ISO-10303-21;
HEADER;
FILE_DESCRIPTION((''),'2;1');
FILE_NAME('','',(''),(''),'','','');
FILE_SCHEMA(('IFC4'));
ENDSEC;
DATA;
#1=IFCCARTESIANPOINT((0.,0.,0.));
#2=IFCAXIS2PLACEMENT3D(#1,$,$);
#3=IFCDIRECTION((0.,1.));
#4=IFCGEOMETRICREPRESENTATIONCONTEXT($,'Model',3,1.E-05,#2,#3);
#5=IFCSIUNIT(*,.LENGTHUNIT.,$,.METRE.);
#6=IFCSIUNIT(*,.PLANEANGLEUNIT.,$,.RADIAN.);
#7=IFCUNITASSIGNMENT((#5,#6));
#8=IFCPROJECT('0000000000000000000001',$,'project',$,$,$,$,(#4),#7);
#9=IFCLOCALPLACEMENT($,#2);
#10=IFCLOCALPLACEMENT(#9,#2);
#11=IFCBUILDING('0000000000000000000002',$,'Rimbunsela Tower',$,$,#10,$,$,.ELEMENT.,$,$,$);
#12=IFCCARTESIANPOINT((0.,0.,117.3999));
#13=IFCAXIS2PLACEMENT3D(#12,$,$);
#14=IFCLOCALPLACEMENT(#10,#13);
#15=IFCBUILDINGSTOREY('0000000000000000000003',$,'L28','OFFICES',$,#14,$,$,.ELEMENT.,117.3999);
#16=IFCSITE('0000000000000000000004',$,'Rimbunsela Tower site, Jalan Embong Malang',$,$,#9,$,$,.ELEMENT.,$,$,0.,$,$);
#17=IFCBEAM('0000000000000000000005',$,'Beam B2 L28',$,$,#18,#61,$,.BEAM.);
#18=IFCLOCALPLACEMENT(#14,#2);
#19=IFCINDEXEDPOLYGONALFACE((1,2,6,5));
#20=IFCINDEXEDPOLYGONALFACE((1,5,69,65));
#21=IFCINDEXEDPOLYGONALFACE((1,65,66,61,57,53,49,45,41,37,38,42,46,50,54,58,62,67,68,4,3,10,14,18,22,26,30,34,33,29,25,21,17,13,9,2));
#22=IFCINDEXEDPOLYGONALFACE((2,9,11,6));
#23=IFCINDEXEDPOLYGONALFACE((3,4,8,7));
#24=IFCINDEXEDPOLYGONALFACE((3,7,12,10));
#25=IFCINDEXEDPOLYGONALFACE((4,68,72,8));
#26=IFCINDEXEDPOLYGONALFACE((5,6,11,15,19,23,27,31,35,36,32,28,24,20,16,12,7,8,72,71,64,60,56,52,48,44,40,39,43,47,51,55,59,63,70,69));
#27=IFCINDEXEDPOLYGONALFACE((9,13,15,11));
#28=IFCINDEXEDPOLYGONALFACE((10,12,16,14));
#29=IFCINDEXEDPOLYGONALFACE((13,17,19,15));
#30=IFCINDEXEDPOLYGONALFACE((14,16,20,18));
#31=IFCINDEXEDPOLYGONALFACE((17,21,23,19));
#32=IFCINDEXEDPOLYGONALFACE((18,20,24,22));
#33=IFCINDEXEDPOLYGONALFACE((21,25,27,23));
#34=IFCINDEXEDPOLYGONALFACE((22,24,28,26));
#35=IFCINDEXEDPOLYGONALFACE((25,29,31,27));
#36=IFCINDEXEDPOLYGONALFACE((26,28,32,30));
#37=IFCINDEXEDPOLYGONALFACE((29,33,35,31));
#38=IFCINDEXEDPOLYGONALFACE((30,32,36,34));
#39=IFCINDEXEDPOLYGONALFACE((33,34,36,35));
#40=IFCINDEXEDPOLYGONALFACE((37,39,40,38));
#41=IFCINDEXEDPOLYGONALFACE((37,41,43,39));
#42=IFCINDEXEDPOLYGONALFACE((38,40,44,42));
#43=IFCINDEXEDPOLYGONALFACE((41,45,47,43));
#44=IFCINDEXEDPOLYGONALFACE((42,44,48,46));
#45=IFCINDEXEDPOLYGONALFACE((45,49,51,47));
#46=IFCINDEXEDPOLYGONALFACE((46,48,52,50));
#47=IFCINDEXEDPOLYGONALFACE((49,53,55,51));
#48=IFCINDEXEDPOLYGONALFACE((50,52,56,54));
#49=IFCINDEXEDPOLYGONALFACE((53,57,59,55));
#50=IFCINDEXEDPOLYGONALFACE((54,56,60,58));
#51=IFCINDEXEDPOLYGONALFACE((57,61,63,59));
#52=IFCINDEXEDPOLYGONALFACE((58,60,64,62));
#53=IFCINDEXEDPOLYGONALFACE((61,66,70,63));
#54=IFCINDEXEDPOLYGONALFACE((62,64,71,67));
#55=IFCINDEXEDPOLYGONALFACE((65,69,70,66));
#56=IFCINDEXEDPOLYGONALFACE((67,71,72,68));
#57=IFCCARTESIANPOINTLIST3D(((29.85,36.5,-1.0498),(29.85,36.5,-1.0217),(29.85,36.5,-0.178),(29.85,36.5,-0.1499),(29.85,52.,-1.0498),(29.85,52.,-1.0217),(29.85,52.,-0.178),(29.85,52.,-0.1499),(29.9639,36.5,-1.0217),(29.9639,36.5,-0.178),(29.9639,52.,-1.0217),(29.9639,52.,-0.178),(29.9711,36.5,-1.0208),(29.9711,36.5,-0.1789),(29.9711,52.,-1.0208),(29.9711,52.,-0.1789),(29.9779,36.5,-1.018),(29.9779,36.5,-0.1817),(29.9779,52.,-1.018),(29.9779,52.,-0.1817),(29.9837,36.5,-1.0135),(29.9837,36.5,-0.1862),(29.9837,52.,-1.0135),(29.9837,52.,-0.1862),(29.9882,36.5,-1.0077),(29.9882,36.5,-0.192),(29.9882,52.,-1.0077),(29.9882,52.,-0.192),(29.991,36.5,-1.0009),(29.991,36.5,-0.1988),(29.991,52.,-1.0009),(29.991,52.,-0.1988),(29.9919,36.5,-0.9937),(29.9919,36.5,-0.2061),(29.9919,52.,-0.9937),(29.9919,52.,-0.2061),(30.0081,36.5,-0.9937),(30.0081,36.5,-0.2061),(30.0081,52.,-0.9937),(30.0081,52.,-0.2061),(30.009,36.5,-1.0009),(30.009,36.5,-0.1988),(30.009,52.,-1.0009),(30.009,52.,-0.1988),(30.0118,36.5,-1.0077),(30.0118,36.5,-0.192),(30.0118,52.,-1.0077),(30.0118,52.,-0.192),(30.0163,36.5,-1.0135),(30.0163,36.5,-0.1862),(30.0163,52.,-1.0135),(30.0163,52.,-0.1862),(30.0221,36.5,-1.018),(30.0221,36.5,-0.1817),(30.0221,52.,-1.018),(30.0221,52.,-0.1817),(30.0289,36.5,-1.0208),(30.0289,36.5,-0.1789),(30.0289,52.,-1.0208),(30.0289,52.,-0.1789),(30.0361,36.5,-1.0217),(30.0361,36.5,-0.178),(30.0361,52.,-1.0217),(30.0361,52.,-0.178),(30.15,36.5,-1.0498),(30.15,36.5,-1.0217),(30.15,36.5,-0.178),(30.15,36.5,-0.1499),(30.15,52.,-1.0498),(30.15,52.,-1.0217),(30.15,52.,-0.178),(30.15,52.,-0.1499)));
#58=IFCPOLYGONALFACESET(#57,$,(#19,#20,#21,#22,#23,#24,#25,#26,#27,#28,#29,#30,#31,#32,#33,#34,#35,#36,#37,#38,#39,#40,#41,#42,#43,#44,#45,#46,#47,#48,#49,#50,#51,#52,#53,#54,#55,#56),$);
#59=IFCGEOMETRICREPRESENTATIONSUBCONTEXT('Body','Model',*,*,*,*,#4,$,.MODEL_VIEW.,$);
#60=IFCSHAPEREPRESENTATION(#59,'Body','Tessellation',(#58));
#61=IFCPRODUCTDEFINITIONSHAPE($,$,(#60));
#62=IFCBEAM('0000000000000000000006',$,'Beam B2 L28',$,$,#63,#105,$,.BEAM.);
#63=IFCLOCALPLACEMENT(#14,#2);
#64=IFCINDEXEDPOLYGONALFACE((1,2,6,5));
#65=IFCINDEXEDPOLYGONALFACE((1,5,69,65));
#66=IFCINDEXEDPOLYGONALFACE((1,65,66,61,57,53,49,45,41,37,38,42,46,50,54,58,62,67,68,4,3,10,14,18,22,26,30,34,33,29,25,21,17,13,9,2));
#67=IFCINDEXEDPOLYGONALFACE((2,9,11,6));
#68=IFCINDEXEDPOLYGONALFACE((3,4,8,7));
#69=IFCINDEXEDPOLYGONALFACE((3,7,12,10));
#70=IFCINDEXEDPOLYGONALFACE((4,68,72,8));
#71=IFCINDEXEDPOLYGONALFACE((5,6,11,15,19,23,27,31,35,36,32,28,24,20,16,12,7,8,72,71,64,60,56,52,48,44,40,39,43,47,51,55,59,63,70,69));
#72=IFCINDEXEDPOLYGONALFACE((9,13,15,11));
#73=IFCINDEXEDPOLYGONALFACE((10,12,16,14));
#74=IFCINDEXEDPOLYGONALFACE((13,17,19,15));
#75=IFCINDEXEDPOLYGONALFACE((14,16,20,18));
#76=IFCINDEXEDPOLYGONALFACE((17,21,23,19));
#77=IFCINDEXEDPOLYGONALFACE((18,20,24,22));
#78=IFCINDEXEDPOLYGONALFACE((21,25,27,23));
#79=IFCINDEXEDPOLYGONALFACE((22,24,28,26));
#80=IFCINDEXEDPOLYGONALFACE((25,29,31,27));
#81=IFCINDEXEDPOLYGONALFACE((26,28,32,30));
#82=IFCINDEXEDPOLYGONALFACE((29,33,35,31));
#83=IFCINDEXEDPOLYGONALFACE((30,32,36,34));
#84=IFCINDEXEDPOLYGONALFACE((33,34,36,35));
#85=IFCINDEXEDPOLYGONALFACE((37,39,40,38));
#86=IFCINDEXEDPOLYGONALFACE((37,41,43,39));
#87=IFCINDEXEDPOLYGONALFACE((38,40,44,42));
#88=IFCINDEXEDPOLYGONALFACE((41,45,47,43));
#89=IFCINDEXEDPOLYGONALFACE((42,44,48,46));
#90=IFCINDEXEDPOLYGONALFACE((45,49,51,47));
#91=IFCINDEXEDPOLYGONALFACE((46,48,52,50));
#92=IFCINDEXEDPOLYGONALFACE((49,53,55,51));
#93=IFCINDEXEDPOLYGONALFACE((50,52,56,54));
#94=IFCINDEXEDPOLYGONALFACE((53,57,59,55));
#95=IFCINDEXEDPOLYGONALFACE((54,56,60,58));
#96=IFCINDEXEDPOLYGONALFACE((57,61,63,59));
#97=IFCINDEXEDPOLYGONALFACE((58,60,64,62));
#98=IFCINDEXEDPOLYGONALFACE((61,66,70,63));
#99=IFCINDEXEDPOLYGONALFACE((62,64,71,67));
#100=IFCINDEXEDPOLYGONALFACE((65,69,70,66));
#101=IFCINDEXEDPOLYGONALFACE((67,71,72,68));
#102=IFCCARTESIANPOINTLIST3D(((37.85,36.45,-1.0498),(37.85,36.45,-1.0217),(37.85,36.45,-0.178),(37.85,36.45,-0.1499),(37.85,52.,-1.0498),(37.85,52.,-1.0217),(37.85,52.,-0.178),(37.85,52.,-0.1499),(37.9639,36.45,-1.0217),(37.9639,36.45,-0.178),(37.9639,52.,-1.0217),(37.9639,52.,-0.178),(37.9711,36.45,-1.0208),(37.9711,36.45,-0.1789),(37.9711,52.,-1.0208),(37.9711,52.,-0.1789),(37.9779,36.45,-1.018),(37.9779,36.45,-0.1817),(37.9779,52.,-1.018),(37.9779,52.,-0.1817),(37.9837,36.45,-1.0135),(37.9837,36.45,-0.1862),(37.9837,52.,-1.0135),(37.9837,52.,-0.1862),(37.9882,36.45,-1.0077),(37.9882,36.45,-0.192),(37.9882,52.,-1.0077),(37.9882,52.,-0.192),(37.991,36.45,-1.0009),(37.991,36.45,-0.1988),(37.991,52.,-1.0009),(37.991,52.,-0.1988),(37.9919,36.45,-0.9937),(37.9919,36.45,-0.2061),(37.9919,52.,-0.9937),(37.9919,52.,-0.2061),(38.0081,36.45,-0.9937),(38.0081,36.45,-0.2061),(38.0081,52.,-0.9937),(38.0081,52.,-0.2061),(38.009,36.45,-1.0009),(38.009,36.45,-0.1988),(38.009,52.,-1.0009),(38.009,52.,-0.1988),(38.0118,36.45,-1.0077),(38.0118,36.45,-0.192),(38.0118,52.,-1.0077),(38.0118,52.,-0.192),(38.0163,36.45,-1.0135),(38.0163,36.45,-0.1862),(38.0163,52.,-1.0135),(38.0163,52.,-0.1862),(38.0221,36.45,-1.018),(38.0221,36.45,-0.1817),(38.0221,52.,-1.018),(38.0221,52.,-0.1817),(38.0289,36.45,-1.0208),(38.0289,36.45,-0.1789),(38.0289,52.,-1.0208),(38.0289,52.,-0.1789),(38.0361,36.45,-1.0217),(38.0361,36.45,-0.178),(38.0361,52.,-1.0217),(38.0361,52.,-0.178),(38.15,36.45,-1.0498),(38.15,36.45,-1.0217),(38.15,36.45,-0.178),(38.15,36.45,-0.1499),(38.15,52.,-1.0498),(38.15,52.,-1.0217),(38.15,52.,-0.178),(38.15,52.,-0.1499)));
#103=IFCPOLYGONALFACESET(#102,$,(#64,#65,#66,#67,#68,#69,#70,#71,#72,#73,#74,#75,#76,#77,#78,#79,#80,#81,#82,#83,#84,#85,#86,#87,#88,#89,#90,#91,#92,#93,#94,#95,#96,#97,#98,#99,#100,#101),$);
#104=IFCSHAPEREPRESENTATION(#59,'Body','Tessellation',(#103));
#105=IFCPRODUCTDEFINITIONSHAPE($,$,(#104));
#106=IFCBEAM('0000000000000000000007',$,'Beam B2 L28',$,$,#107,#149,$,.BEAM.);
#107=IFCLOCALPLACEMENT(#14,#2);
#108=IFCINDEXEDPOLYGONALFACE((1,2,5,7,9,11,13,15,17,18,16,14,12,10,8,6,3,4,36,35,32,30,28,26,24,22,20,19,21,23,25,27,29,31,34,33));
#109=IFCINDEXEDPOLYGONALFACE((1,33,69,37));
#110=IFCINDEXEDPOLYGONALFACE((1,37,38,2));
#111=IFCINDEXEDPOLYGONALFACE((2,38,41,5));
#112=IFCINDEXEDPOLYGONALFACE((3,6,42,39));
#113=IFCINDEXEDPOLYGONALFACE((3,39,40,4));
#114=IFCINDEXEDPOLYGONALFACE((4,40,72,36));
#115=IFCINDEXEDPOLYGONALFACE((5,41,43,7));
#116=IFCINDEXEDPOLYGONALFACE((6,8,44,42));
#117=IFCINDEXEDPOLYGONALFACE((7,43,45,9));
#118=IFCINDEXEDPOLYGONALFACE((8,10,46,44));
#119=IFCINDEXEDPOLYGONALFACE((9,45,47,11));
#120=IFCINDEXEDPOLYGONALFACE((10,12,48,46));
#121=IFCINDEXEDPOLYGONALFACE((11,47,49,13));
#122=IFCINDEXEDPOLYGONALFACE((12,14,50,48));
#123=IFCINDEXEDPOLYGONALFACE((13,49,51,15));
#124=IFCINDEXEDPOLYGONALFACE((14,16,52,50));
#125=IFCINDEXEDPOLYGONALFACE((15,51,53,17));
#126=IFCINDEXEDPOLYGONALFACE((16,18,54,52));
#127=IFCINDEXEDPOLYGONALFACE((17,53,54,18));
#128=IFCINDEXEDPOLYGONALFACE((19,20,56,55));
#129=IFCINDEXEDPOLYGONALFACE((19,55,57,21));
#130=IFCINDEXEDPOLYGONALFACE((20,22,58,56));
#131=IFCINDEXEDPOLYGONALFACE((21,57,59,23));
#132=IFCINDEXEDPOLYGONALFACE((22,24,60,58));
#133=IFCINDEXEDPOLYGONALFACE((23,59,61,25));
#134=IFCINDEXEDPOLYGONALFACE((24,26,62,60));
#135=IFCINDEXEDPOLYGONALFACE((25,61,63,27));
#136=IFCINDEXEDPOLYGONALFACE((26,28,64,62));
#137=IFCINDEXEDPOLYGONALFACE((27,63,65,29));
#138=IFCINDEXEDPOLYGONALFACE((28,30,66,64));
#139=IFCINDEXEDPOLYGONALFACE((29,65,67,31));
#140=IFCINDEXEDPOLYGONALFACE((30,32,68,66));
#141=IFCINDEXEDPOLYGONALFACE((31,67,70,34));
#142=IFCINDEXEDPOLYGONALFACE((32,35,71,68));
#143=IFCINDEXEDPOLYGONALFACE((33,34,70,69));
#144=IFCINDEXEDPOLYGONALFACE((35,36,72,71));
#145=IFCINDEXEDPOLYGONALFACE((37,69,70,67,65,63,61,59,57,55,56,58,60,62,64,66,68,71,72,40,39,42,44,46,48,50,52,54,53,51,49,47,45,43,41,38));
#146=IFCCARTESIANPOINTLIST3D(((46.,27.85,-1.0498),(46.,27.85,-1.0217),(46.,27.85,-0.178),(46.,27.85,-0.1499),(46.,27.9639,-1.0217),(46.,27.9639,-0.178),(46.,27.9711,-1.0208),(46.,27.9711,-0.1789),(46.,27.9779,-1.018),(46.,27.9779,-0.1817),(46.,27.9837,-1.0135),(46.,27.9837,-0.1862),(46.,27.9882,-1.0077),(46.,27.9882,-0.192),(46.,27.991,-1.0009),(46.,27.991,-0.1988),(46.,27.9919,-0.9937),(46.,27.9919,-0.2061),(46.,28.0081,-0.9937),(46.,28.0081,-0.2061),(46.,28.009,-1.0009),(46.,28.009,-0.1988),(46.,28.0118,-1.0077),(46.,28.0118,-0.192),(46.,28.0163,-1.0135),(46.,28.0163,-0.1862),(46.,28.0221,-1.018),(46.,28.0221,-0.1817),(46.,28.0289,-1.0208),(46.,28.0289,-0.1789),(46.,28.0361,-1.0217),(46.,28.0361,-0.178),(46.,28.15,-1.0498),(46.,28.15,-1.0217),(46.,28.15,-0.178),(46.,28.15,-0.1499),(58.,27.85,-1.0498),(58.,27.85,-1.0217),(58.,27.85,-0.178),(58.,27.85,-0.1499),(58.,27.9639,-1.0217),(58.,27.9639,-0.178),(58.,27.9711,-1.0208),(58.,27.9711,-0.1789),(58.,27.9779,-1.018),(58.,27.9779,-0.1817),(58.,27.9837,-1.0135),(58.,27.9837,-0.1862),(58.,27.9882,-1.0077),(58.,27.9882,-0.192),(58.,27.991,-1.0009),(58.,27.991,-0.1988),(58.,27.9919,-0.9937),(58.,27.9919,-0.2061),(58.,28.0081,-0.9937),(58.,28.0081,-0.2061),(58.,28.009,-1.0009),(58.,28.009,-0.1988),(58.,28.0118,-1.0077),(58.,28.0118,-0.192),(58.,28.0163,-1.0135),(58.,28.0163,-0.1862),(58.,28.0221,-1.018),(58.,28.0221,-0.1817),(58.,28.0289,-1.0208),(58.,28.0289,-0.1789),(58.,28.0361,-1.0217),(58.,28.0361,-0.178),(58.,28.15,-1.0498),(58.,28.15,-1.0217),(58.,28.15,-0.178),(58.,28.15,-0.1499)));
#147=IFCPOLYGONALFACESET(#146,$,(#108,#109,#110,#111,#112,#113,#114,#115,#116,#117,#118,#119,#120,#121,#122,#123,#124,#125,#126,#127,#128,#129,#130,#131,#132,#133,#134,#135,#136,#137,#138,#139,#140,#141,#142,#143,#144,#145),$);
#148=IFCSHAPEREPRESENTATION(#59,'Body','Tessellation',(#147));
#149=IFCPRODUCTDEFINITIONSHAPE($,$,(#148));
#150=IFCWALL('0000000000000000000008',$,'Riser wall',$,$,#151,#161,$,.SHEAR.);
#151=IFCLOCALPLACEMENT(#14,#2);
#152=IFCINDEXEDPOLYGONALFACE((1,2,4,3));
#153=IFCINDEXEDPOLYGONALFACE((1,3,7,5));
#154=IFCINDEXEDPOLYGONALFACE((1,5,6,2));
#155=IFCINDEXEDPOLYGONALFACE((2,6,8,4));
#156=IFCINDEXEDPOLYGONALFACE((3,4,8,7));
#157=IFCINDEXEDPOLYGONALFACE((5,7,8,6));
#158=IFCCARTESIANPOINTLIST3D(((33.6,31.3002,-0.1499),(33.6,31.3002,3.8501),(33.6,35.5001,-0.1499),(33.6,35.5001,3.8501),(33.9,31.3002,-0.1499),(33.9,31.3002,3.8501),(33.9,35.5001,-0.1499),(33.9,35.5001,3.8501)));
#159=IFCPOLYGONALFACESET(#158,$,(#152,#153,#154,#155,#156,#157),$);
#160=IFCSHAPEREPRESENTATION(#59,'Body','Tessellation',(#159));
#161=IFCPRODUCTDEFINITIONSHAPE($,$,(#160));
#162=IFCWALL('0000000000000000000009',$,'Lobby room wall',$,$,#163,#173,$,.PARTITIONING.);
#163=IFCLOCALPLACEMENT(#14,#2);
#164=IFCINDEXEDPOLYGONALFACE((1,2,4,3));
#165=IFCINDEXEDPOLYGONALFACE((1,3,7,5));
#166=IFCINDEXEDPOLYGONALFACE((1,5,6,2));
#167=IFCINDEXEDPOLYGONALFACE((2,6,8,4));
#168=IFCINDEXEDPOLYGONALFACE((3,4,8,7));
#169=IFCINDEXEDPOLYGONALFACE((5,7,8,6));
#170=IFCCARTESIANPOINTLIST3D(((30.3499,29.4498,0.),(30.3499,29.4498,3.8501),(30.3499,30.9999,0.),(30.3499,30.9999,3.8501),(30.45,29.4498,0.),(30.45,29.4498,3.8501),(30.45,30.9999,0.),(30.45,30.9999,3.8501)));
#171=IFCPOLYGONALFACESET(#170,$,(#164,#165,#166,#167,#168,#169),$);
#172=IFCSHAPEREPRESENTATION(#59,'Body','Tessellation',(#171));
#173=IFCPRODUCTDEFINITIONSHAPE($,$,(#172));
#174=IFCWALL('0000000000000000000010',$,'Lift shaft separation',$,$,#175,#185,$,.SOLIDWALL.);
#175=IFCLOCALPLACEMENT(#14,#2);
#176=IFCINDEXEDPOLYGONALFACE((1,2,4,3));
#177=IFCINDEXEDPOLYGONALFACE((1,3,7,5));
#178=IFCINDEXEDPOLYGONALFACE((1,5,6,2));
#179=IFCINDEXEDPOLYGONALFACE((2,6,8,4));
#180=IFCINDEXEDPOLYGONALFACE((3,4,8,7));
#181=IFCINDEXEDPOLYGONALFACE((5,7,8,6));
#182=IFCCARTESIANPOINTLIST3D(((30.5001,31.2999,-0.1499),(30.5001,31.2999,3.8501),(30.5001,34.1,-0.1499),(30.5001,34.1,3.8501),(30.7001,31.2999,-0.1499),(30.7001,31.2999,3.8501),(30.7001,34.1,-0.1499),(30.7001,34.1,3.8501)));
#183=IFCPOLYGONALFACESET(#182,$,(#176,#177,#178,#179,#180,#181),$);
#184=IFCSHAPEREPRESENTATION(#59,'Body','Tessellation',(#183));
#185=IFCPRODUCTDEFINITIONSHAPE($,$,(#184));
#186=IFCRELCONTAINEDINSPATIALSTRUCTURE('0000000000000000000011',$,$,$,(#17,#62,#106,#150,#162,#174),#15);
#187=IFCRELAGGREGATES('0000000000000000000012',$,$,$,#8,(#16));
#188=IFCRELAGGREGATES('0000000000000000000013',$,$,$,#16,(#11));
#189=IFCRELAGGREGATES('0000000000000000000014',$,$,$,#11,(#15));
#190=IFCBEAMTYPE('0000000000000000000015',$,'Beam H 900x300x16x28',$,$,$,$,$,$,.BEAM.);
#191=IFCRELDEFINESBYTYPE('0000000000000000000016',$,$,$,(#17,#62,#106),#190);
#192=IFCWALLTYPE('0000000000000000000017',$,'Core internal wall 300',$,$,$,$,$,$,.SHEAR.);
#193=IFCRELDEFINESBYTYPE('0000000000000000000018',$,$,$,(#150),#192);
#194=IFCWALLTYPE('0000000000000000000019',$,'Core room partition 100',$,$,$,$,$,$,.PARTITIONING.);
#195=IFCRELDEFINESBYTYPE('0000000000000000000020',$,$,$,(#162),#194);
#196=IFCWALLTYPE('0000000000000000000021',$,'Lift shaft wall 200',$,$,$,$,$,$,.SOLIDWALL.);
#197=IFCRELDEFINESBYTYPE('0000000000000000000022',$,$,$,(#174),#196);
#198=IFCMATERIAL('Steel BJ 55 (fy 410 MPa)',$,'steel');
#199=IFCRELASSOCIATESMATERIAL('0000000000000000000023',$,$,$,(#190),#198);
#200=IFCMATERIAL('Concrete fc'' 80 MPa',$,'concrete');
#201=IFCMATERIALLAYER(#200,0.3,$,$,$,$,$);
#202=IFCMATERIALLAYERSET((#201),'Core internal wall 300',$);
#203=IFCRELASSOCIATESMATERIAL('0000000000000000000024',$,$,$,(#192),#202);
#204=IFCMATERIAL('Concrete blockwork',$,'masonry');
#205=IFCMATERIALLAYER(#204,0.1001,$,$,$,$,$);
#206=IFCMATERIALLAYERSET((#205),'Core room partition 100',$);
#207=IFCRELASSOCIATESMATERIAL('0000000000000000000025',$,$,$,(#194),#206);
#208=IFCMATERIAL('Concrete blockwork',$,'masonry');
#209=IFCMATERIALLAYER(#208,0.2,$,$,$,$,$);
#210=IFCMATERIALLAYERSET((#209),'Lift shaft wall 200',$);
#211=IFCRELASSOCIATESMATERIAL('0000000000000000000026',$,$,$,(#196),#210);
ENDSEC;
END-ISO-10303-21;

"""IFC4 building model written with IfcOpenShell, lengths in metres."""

from ifc_helpers import new_model, si_unit, direction, frame, frame_2d, origin, origin_2d, place, context, subcontext, project, spatial, rectangle, i_section, extrude, material, layer, layer_set, material_profile, profile_set, type_object, element, save


model = new_model("IFC4")

# Units and contexts
model_context = context("Model", 3, precision=1e-05, world=origin(), true_north=direction((0.0, 1.0)))
body_context = subcontext(model_context, "Body", "Model", "MODEL_VIEW")
ifc_project = project(units=[si_unit("LENGTHUNIT", "METRE"), si_unit("PLANEANGLEUNIT", "RADIAN")], contexts=[model_context])

# Site, building, storey
site_placement = place(None, origin())
site = spatial("IfcSite", under=ifc_project, at=site_placement, Name="Rimbunsela Tower site, Jalan Embong Malang", CompositionType="ELEMENT", RefElevation=0.0)
building_placement = place(site_placement, origin())
building = spatial("IfcBuilding", under=site, at=building_placement, Name="Rimbunsela Tower", CompositionType="ELEMENT")
storey_placement = place(building_placement, frame((0.0, 0.0, 117.3999)))
storey = spatial("IfcBuildingStorey", under=building, at=storey_placement, Name="L28", Description="OFFICES", CompositionType="ELEMENT", Elevation=117.3999)

# Beams
ifc_material_1 = material(Name="Steel BJ 55 (fy 410 MPa)", Category="steel")
ifc_material_profile_1 = material_profile(ifc_material_1, i_section(OverallWidth=0.3, OverallDepth=0.8999, WebThickness=0.0161, FlangeThickness=0.0281, FilletRadius=0.0281, at=origin_2d()), Name="H 900x300x16x28")
ifc_profile_set_1 = profile_set([ifc_material_profile_1], Name="Steel BJ 55 (fy 410 MPa)")
beam_type_1 = type_object("IfcBeamType", Name="Beam H 900x300x16x28", PredefinedType="BEAM", material=ifc_profile_set_1)
beam_1_placement = place(storey_placement, frame((30.0, 36.5, -0.5999), z_axis=(0.0, 1.0, 0.0), x_axis=(-1.0, 0.0, 0.0)))
element("IfcBeam", 1, at=beam_1_placement, inside=storey, type_object=beam_type_1, Name="Beam B2 L28", PredefinedType="BEAM", context=body_context, shape_type="SweptSolid", body=[
    extrude(i_section(OverallWidth=0.3, OverallDepth=0.8999, WebThickness=0.0161, FlangeThickness=0.0281, FilletRadius=0.0281, at=origin_2d()), origin(), (0.0, 0.0, 1.0), 15.5),
])
beam_2_placement = place(storey_placement, frame((38.0, 36.45, -0.5999), z_axis=(0.0, 1.0, 0.0), x_axis=(-1.0, 0.0, 0.0)))
element("IfcBeam", 2, at=beam_2_placement, inside=storey, type_object=beam_type_1, Name="Beam B2 L28", PredefinedType="BEAM", context=body_context, shape_type="SweptSolid", body=[
    extrude(i_section(OverallWidth=0.3, OverallDepth=0.8999, WebThickness=0.0161, FlangeThickness=0.0281, FilletRadius=0.0281, at=origin_2d()), origin(), (0.0, 0.0, 1.0), 15.55),
])
beam_3_placement = place(storey_placement, frame((46.0, 28.0, -0.5999), z_axis=(1.0, 0.0, 0.0), x_axis=(0.0, 1.0, 0.0)))
element("IfcBeam", 3, at=beam_3_placement, inside=storey, type_object=beam_type_1, Name="Beam B2 L28", PredefinedType="BEAM", context=body_context, shape_type="SweptSolid", body=[
    extrude(i_section(OverallWidth=0.3, OverallDepth=0.8999, WebThickness=0.0161, FlangeThickness=0.0281, FilletRadius=0.0281, at=origin_2d()), origin(), (0.0, 0.0, 1.0), 12.0),
])

# Walls
ifc_material_2 = material(Name="Concrete fc' 80 MPa", Category="concrete")
ifc_layer_1 = layer(ifc_material_2, 0.3)
ifc_layer_set_1 = layer_set([ifc_layer_1], Name="Core internal wall 300")
wall_type_1 = type_object("IfcWallType", Name="Core internal wall 300", PredefinedType="SHEAR", material=ifc_layer_set_1)
wall_1_placement = place(storey_placement, frame((33.75, 31.3, -0.1499), z_axis=(0.0, 0.0, 1.0), x_axis=(0.0, 1.0, 0.0)))
element("IfcWall", 4, at=wall_1_placement, inside=storey, type_object=wall_type_1, Name="Riser wall", PredefinedType="SHEAR", context=body_context, shape_type="SweptSolid", body=[
    extrude(rectangle(XDim=4.2, YDim=0.3, at=frame_2d((2.1001, 0.0))), origin(), (0.0, 0.0, 1.0), 4.0),
])
ifc_material_3 = material(Name="Concrete blockwork", Category="masonry")
ifc_layer_2 = layer(ifc_material_3, 0.1001)
ifc_layer_set_2 = layer_set([ifc_layer_2], Name="Core room partition 100")
wall_type_2 = type_object("IfcWallType", Name="Core room partition 100", PredefinedType="PARTITIONING", material=ifc_layer_set_2)
wall_2_placement = place(storey_placement, frame((30.3999, 29.45, 0.0), z_axis=(0.0, 0.0, 1.0), x_axis=(0.0, 1.0, 0.0)))
element("IfcWall", 5, at=wall_2_placement, inside=storey, type_object=wall_type_2, Name="Lobby room wall", PredefinedType="PARTITIONING", context=body_context, shape_type="SweptSolid", body=[
    extrude(rectangle(XDim=1.55, YDim=0.1001, at=frame_2d((0.7749, 0.0))), origin(), (0.0, 0.0, 1.0), 3.8501),
])
ifc_material_4 = material(Name="Concrete blockwork", Category="masonry")
ifc_layer_3 = layer(ifc_material_4, 0.2)
ifc_layer_set_3 = layer_set([ifc_layer_3], Name="Lift shaft wall 200")
wall_type_3 = type_object("IfcWallType", Name="Lift shaft wall 200", PredefinedType="SOLIDWALL", material=ifc_layer_set_3)
wall_3_placement = place(storey_placement, frame((30.6001, 31.3, -0.1499), z_axis=(0.0, 0.0, 1.0), x_axis=(0.0, 1.0, 0.0)))
element("IfcWall", 6, at=wall_3_placement, inside=storey, type_object=wall_type_3, Name="Lift shaft separation", PredefinedType="SOLIDWALL", context=body_context, shape_type="SweptSolid", body=[
    extrude(rectangle(XDim=2.8, YDim=0.2, at=frame_2d((1.3999, 0.0))), origin(), (0.0, 0.0, 1.0), 4.0),
])

save(model, "model.ifc")
